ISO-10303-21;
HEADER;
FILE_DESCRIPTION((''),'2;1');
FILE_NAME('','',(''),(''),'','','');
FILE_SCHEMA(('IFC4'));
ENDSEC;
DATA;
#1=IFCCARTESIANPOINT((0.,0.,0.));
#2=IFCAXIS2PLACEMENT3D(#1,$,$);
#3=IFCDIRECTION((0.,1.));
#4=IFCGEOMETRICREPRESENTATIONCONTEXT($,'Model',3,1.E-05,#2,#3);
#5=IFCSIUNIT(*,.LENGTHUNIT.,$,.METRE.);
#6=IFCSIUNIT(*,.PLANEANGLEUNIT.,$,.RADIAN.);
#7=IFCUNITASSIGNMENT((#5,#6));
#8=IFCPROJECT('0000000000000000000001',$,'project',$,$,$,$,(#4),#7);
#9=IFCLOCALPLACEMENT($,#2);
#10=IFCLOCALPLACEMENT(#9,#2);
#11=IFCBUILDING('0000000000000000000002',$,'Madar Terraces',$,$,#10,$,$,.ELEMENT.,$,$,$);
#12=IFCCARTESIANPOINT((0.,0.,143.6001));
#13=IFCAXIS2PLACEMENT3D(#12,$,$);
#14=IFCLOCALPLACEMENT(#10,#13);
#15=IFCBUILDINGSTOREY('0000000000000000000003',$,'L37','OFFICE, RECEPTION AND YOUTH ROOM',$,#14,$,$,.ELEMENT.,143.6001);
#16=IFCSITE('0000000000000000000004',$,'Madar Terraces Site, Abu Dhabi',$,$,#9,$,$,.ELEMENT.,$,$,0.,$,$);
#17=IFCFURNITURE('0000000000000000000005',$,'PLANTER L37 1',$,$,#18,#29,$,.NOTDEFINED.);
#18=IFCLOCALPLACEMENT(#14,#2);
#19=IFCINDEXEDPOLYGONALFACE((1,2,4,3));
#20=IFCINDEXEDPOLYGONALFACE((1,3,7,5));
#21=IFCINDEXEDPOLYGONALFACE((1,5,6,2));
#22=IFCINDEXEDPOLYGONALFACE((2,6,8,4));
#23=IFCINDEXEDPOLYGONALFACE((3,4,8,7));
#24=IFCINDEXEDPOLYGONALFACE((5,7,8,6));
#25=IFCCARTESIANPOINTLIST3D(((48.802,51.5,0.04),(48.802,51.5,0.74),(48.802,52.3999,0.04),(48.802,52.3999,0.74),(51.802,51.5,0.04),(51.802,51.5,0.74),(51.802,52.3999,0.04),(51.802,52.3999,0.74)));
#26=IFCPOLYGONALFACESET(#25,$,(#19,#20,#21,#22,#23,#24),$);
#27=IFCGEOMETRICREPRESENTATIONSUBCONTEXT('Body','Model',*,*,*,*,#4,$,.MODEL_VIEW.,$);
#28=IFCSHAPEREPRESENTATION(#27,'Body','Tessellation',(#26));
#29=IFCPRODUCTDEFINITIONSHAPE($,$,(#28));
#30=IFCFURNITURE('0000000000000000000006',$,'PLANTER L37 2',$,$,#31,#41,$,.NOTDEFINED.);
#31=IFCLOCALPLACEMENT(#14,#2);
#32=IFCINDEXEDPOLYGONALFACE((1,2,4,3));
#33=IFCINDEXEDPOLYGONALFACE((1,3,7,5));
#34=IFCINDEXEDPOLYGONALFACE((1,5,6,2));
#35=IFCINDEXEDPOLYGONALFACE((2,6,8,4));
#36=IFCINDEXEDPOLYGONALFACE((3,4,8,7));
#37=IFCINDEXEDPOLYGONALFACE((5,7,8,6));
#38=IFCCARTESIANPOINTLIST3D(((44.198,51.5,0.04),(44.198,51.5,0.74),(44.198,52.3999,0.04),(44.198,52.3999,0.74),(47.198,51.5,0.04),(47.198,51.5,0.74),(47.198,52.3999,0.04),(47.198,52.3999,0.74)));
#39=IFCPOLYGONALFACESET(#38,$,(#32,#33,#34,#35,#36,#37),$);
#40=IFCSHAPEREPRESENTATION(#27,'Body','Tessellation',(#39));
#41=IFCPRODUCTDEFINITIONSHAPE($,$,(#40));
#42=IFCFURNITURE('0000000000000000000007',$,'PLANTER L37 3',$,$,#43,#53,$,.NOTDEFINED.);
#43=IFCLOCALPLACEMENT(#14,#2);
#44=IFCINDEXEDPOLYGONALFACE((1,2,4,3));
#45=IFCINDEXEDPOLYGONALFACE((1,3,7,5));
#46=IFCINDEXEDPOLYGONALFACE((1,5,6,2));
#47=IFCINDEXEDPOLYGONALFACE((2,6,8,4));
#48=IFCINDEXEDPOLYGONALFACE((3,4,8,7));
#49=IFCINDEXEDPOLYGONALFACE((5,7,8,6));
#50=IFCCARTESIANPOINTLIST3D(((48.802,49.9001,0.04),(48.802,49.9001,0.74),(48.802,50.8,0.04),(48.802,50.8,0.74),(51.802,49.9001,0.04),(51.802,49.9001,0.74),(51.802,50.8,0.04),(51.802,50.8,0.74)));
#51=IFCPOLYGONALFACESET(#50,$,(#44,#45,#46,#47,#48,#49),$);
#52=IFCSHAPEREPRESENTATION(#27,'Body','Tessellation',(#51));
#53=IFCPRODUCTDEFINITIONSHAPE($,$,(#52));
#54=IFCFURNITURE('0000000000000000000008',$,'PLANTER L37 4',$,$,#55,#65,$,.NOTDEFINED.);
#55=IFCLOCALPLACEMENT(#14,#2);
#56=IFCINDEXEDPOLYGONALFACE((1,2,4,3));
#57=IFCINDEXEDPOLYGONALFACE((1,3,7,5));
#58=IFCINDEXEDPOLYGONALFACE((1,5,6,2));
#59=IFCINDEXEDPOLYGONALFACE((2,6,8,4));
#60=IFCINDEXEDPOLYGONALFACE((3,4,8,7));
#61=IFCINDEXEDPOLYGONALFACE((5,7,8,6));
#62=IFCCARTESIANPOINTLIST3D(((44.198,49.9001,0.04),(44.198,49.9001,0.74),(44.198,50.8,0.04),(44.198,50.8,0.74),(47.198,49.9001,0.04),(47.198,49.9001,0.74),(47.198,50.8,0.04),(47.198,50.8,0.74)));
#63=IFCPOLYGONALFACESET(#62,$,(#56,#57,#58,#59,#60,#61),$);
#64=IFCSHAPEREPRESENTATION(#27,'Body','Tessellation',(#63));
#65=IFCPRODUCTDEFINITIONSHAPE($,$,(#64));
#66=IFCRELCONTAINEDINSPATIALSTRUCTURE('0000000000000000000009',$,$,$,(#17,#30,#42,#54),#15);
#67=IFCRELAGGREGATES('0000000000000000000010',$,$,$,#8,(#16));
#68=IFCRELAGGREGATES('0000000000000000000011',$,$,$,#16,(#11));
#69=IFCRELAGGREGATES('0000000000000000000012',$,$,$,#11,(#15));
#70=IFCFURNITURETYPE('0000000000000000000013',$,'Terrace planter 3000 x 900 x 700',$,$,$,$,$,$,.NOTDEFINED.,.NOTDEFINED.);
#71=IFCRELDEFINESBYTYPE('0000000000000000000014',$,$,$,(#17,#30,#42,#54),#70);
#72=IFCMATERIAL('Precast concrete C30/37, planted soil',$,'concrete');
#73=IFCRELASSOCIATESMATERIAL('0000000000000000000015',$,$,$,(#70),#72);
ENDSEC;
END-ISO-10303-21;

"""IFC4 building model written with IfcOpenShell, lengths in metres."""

from ifc_helpers import new_model, si_unit, direction, frame, origin, origin_2d, place, context, subcontext, project, spatial, rectangle, extrude, material, type_object, element, save


model = new_model("IFC4")

# Units and contexts
model_context = context("Model", 3, precision=1e-05, world=origin(), true_north=direction((0.0, 1.0)))
body_context = subcontext(model_context, "Body", "Model", "MODEL_VIEW")
ifc_project = project(units=[si_unit("LENGTHUNIT", "METRE"), si_unit("PLANEANGLEUNIT", "RADIAN")], contexts=[model_context])

# Site, building, storey
site_placement = place(None, origin())
site = spatial("IfcSite", under=ifc_project, at=site_placement, Name="Madar Terraces Site, Abu Dhabi", CompositionType="ELEMENT", RefElevation=0.0)
building_placement = place(site_placement, origin())
building = spatial("IfcBuilding", under=site, at=building_placement, Name="Madar Terraces", CompositionType="ELEMENT")
storey_placement = place(building_placement, frame((0.0, 0.0, 143.6001)))
storey = spatial("IfcBuildingStorey", under=building, at=storey_placement, Name="L37", Description="OFFICE, RECEPTION AND YOUTH ROOM", CompositionType="ELEMENT", Elevation=143.6001)

# Furniture
ifc_material_1 = material(Name="Precast concrete C30/37, planted soil", Category="concrete")
furniture_type = type_object("IfcFurnitureType", Name="Terrace planter 3000 x 900 x 700", AssemblyPlace="NOTDEFINED", PredefinedType="NOTDEFINED", material=ifc_material_1)
for number, where, z_axis, x_axis, name in (
    (1, (50.302, 51.95, 0.04), (0.0, 0.0, 1.0), (-1.0, 0.0, 0.0), "PLANTER L37 1"),
    (2, (45.698, 51.95, 0.04), (0.0, 0.0, 1.0), (-1.0, 0.0, 0.0), "PLANTER L37 2"),
    (3, (50.302, 50.3501, 0.04), (0.0, 0.0, 1.0), (-1.0, 0.0, 0.0), "PLANTER L37 3"),
    (4, (45.698, 50.3501, 0.04), (0.0, 0.0, 1.0), (-1.0, 0.0, 0.0), "PLANTER L37 4"),
):
    element("IfcFurniture", number, at=place(storey_placement, frame(where, z_axis=z_axis, x_axis=x_axis)), inside=storey, type_object=furniture_type, Name=name, PredefinedType="NOTDEFINED", context=body_context, shape_type="SweptSolid", body=[
        extrude(rectangle(XDim=3.0, YDim=0.8999, at=origin_2d()), origin(), (0.0, 0.0, 1.0), 0.7),
    ])

save(model, "model.ifc")
